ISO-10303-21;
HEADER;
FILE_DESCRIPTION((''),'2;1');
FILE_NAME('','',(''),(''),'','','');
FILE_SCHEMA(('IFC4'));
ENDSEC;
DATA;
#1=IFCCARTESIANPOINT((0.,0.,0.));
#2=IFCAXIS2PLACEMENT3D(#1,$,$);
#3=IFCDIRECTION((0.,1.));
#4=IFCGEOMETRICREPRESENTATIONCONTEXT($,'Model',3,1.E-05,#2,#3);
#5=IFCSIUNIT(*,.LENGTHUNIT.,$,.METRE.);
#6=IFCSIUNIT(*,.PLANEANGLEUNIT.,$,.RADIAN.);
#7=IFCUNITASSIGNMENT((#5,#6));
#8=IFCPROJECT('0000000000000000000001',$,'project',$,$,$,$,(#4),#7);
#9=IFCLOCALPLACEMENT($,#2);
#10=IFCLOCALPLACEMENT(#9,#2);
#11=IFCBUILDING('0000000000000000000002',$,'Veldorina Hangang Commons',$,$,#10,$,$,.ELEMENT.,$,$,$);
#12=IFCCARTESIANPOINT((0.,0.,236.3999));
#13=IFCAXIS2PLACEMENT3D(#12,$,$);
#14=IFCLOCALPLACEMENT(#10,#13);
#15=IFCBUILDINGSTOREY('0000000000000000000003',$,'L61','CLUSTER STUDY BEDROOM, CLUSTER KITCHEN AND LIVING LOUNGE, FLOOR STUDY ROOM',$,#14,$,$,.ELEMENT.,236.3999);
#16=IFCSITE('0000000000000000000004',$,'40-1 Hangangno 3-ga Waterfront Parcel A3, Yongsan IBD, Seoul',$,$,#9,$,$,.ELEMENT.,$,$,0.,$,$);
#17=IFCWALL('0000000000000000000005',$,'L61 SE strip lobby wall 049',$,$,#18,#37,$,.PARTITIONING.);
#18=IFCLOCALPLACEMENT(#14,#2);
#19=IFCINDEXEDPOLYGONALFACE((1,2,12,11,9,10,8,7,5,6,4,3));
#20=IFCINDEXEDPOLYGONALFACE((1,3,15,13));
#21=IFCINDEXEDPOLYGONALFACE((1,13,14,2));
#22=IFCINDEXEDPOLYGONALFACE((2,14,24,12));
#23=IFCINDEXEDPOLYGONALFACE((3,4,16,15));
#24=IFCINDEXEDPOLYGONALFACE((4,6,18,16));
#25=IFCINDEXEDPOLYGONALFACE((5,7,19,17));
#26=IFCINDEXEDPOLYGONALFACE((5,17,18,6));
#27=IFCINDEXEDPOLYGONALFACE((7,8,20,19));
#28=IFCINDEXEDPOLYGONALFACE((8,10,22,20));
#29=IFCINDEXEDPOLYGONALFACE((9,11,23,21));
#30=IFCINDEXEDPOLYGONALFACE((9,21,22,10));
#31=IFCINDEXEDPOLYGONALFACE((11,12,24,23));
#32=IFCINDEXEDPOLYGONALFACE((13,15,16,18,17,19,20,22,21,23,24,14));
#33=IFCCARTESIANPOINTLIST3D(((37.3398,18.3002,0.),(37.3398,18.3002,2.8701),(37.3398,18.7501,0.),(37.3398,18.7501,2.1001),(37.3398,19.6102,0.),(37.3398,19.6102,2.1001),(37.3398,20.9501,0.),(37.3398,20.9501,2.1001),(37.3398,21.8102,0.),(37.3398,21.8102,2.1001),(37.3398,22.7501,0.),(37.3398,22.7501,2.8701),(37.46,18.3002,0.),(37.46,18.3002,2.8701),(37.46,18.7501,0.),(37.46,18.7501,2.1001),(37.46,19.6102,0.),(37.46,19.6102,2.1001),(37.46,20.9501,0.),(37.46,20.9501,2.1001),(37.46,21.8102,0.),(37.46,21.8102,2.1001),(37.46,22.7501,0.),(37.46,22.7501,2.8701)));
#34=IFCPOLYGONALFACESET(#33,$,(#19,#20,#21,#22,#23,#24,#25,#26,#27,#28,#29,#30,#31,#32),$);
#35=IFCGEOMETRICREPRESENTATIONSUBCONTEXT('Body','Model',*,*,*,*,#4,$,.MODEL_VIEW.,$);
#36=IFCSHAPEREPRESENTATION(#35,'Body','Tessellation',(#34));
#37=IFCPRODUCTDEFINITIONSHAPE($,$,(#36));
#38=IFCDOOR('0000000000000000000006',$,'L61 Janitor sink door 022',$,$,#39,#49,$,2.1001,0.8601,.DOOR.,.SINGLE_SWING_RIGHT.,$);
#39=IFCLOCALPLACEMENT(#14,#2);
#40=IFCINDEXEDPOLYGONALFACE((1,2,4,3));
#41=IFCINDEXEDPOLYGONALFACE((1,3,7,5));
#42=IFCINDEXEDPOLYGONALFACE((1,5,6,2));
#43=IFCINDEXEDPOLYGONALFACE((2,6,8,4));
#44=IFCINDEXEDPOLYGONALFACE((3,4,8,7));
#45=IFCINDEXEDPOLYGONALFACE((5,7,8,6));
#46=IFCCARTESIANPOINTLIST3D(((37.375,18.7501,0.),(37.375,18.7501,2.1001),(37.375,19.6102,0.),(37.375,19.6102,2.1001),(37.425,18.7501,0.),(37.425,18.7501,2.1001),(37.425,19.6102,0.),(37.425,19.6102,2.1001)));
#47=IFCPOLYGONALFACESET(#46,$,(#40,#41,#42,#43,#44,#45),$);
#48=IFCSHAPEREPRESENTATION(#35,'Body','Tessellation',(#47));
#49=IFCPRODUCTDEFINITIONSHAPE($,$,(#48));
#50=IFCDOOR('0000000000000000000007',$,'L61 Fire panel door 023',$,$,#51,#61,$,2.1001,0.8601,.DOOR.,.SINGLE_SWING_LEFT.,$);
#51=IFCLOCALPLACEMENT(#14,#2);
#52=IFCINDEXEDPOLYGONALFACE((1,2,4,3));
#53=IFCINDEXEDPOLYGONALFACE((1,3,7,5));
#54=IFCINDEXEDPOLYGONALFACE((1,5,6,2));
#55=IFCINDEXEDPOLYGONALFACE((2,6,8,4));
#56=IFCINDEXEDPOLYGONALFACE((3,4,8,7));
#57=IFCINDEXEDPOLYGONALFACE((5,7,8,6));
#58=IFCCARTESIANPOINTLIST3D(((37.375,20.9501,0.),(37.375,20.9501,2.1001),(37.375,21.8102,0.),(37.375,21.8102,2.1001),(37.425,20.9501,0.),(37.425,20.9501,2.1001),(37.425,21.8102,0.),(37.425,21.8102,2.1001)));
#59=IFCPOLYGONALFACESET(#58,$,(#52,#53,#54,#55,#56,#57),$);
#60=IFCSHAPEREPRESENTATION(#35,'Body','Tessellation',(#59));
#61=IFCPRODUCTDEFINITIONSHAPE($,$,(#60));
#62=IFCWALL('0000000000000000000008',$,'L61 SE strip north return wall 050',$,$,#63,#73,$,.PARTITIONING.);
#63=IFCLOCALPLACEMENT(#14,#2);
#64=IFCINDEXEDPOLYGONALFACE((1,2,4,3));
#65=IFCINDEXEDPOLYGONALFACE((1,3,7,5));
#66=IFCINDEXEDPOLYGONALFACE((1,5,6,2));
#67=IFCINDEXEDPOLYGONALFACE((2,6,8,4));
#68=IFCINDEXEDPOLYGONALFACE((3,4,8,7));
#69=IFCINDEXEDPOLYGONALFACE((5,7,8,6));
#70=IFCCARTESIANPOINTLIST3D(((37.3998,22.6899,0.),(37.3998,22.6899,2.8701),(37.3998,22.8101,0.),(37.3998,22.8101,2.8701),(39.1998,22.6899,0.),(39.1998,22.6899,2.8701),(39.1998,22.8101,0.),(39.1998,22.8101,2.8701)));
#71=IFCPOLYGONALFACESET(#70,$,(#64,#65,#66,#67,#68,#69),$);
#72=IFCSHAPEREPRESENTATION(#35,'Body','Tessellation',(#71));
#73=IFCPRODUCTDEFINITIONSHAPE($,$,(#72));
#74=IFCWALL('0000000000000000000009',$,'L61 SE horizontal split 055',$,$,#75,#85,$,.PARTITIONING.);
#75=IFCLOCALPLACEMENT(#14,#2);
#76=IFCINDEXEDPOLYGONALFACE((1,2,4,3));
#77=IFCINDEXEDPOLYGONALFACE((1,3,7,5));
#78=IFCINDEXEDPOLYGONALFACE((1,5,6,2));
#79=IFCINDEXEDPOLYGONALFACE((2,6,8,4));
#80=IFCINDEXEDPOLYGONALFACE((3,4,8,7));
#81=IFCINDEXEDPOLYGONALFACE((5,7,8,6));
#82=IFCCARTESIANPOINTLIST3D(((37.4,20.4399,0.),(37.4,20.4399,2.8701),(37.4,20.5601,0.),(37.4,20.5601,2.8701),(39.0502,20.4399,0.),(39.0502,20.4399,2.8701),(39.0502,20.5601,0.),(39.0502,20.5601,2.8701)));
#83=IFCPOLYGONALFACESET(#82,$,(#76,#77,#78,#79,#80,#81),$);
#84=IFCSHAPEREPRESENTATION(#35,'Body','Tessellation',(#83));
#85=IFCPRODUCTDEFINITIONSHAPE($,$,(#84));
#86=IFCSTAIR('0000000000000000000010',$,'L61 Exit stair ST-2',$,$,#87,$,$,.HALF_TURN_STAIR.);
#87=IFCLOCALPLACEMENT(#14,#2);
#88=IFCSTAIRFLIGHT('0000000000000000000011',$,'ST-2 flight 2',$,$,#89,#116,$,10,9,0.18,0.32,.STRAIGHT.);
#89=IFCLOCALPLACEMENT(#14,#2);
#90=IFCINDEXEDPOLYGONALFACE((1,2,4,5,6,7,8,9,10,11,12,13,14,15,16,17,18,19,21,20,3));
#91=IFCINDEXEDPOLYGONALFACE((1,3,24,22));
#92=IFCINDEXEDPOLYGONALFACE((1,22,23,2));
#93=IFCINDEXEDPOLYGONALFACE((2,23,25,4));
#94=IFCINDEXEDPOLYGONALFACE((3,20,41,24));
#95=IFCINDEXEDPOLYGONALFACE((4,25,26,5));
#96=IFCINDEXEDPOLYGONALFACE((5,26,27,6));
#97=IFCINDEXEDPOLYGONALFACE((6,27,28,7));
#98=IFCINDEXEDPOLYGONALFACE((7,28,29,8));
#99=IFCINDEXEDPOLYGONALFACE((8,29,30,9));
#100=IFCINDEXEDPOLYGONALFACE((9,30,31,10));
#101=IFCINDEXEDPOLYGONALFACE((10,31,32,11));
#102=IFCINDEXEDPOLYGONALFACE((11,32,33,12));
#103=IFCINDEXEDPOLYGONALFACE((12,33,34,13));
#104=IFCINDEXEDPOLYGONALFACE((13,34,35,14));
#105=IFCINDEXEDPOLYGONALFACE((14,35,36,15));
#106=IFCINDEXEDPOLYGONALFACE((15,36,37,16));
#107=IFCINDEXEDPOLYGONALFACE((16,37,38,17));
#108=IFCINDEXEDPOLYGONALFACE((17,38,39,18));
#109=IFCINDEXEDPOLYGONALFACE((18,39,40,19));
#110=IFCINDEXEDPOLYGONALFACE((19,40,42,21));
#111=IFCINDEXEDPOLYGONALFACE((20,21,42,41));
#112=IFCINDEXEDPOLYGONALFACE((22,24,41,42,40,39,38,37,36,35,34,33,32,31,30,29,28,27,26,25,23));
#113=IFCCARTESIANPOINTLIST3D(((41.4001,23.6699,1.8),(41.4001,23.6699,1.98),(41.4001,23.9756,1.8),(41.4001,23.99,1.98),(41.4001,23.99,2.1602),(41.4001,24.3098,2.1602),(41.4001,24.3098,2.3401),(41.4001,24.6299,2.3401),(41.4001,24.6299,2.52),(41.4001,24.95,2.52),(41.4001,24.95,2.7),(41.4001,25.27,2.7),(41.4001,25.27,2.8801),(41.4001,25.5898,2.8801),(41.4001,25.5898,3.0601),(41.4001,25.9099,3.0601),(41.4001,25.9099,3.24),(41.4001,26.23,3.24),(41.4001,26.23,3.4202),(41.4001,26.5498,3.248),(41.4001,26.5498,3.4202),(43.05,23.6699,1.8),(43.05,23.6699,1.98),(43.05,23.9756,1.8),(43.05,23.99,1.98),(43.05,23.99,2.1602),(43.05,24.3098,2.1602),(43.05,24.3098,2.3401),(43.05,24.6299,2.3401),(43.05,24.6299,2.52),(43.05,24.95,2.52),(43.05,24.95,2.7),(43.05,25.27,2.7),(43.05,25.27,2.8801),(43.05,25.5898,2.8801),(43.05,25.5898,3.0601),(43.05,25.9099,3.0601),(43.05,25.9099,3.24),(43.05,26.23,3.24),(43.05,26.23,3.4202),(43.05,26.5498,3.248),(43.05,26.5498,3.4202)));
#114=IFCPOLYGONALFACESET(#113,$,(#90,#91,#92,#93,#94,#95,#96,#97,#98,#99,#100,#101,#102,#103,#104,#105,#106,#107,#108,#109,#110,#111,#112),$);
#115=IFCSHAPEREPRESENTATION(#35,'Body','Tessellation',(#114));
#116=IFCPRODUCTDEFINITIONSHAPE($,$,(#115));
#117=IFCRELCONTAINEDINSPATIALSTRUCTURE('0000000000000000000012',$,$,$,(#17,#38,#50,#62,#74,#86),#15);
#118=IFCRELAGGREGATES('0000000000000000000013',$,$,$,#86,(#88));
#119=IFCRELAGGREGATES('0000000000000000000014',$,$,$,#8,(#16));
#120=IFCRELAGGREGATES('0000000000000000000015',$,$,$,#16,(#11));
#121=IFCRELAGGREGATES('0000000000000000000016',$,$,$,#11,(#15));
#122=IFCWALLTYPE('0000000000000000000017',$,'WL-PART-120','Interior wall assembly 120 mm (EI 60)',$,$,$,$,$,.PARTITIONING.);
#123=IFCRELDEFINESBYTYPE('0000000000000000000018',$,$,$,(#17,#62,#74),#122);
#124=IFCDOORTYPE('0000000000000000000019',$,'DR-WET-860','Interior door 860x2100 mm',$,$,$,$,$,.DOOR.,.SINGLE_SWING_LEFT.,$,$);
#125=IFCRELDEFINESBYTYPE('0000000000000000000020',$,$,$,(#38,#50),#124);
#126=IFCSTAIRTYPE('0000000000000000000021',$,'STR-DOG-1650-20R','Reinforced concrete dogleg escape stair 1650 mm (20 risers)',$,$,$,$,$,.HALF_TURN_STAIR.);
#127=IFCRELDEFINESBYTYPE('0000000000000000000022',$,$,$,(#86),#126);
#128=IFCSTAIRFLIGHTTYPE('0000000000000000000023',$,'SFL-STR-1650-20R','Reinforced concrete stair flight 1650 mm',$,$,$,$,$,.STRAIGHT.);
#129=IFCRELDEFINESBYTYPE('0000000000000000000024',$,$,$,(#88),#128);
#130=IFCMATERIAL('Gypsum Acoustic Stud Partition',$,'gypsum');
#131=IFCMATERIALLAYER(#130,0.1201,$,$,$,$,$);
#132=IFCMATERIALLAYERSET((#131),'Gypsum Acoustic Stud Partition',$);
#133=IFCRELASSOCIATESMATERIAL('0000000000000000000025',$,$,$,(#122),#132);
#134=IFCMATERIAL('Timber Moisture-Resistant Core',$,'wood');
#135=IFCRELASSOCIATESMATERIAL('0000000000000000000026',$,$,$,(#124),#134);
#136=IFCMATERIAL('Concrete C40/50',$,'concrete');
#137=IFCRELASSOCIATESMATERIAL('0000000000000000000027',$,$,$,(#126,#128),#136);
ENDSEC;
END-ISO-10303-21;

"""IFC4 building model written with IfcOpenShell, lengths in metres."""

from ifc_helpers import new_model, si_unit, direction, frame, frame_2d, origin, place, context, subcontext, project, spatial, polyline, rectangle, outline, extrude, material, layer, layer_set, type_object, element, fill, aggregate, save


model = new_model("IFC4")

# Units and contexts
model_context = context("Model", 3, precision=1e-05, world=origin(), true_north=direction((0.0, 1.0)))
body_context = subcontext(model_context, "Body", "Model", "MODEL_VIEW")
ifc_project = project(units=[si_unit("LENGTHUNIT", "METRE"), si_unit("PLANEANGLEUNIT", "RADIAN")], contexts=[model_context])

# Site, building, storey
site_placement = place(None, origin())
site = spatial("IfcSite", under=ifc_project, at=site_placement, Name="40-1 Hangangno 3-ga Waterfront Parcel A3, Yongsan IBD, Seoul", CompositionType="ELEMENT", RefElevation=0.0)
building_placement = place(site_placement, origin())
building = spatial("IfcBuilding", under=site, at=building_placement, Name="Veldorina Hangang Commons", CompositionType="ELEMENT")
storey_placement = place(building_placement, frame((0.0, 0.0, 236.3999)))
storey = spatial("IfcBuildingStorey", under=building, at=storey_placement, Name="L61", Description="CLUSTER STUDY BEDROOM, CLUSTER KITCHEN AND LIVING LOUNGE, FLOOR STUDY ROOM", CompositionType="ELEMENT", Elevation=236.3999)

# Shared definitions
ifc_material_1 = material(Name="Gypsum Acoustic Stud Partition", Category="gypsum")
ifc_layer_1 = layer(ifc_material_1, 0.1201)
ifc_layer_set_1 = layer_set([ifc_layer_1], Name="Gypsum Acoustic Stud Partition")
wall_type_1 = type_object("IfcWallType", Name="WL-PART-120", Description="Interior wall assembly 120 mm (EI 60)", PredefinedType="PARTITIONING", material=ifc_layer_set_1)

# Wall, openings, doors
wall_1_placement = place(storey_placement, frame((37.3999, 18.3, 0.0), z_axis=(0.0, 0.0, 1.0), x_axis=(0.0, 1.0, 0.0)))
wall_1 = element("IfcWall", 1, at=wall_1_placement, inside=storey, type_object=wall_type_1, Name="L61 SE strip lobby wall 049", PredefinedType="PARTITIONING", context=body_context, shape_type="SweptSolid", body=[
    extrude(rectangle(XDim=4.45, YDim=0.1201, at=frame_2d((2.2251, 0.0))), origin(), (0.0, 0.0, 1.0), 2.8701),
])
opening_1_placement = place(wall_1_placement, frame((0.45, 0.0, 0.0)))
opening_1 = element("IfcOpeningElement", 2, at=opening_1_placement, cuts=wall_1, PredefinedType="OPENING", context=body_context, shape_type="SweptSolid", body=[
    extrude(rectangle(XDim=0.8601, YDim=2.1001, at=frame_2d((0.4302, 1.05))), frame((0.0, 0.0701, 0.0), z_axis=(0.0, -1.0, 0.0), x_axis=(1.0, 0.0, 0.0)), (0.0, 0.0, 1.0), 0.1401),
])
opening_2_placement = place(wall_1_placement, frame((2.6499, 0.0, 0.0)))
opening_2 = element("IfcOpeningElement", 3, at=opening_2_placement, cuts=wall_1, PredefinedType="OPENING", context=body_context, shape_type="SweptSolid", body=[
    extrude(rectangle(XDim=0.8601, YDim=2.1001, at=frame_2d((0.4302, 1.05))), frame((0.0, 0.0701, 0.0), z_axis=(0.0, -1.0, 0.0), x_axis=(1.0, 0.0, 0.0)), (0.0, 0.0, 1.0), 0.1401),
])
ifc_material_2 = material(Name="Timber Moisture-Resistant Core", Category="wood")
door_type_1 = type_object("IfcDoorType", Name="DR-WET-860", Description="Interior door 860x2100 mm", OperationType="SINGLE_SWING_LEFT", PredefinedType="DOOR", material=ifc_material_2)
door_1_placement = place(opening_1_placement, origin())
door_1 = element("IfcDoor", 4, at=door_1_placement, inside=storey, type_object=door_type_1, Name="L61 Janitor sink door 022", OperationType="SINGLE_SWING_RIGHT", OverallHeight=2.1001, OverallWidth=0.8601, PredefinedType="DOOR", context=body_context, shape_type="SweptSolid", body=[
    extrude(rectangle(XDim=0.8601, YDim=2.1001, at=frame_2d((0.4302, 1.05))), frame((0.0, 0.0249, 0.0), z_axis=(0.0, -1.0, 0.0), x_axis=(1.0, 0.0, 0.0)), (0.0, 0.0, 1.0), 0.05),
])
fill(opening_1, door_1)
door_2_placement = place(opening_2_placement, origin())
door_2 = element("IfcDoor", 5, at=door_2_placement, inside=storey, type_object=door_type_1, Name="L61 Fire panel door 023", OperationType="SINGLE_SWING_LEFT", OverallHeight=2.1001, OverallWidth=0.8601, PredefinedType="DOOR", context=body_context, shape_type="SweptSolid", body=[
    extrude(rectangle(XDim=0.8601, YDim=2.1001, at=frame_2d((0.4302, 1.05))), frame((0.0, 0.0249, 0.0), z_axis=(0.0, -1.0, 0.0), x_axis=(1.0, 0.0, 0.0)), (0.0, 0.0, 1.0), 0.05),
])
fill(opening_2, door_2)

# Walls
wall_2_placement = place(storey_placement, frame((37.3999, 22.75, 0.0), z_axis=(0.0, 0.0, 1.0), x_axis=(1.0, 0.0, 0.0)))
element("IfcWall", 6, at=wall_2_placement, inside=storey, type_object=wall_type_1, Name="L61 SE strip north return wall 050", PredefinedType="PARTITIONING", context=body_context, shape_type="SweptSolid", body=[
    extrude(rectangle(XDim=1.8, YDim=0.1201, at=frame_2d((0.8999, 0.0))), origin(), (0.0, 0.0, 1.0), 2.8701),
])
wall_3_placement = place(storey_placement, frame((37.3999, 20.5, 0.0), z_axis=(0.0, 0.0, 1.0), x_axis=(1.0, 0.0, 0.0)))
element("IfcWall", 7, at=wall_3_placement, inside=storey, type_object=wall_type_1, Name="L61 SE horizontal split 055", PredefinedType="PARTITIONING", context=body_context, shape_type="SweptSolid", body=[
    extrude(rectangle(XDim=1.6501, YDim=0.1201, at=frame_2d((0.8252, 0.0))), origin(), (0.0, 0.0, 1.0), 2.8701),
])

# Stair, stair flight
ifc_material_3 = material(Name="Concrete C40/50", Category="concrete")
stair_type = type_object("IfcStairType", Name="STR-DOG-1650-20R", Description="Reinforced concrete dogleg escape stair 1650 mm (20 risers)", PredefinedType="HALF_TURN_STAIR", material=ifc_material_3)
stair_placement = place(storey_placement, origin())
stair = element("IfcStair", 8, at=stair_placement, inside=storey, type_object=stair_type, Name="L61 Exit stair ST-2", PredefinedType="HALF_TURN_STAIR")
stair_flight_type = type_object("IfcStairFlightType", Name="SFL-STR-1650-20R", Description="Reinforced concrete stair flight 1650 mm", PredefinedType="STRAIGHT", material=ifc_material_3)
stair_flight_placement = place(storey_placement, frame((42.2251, 23.6699, 1.8), z_axis=(0.0, 0.0, 1.0), x_axis=(0.0, 1.0, 0.0)))
stair_flight = element("IfcStairFlight", 9, at=stair_flight_placement, type_object=stair_flight_type, Name="ST-2 flight 2", NumberOfRisers=10, NumberOfTreads=9, PredefinedType="STRAIGHT", RiserHeight=0.18, TreadLength=0.32, context=body_context, shape_type="SweptSolid", body=[
    extrude(outline(polyline([(0.0, 0.0), (0.0, 0.1799), (0.3201, 0.1799), (0.3201, 0.3601), (0.6399, 0.3601), (0.6399, 0.54), (0.96, 0.54), (0.96, 0.72), (1.28, 0.72), (1.28, 0.8999), (1.6001, 0.8999), (1.6001, 1.0801), (1.9199, 1.0801), (1.9199, 1.26), (2.24, 1.26), (2.24, 1.4399), (2.5601, 1.4399), (2.5601, 1.6201), (2.8799, 1.6201), (2.8799, 1.8), (2.8799, 1.448), (0.3057, 0.0), (0.0, 0.0)])), frame((0.0, 0.825, 0.0), z_axis=(0.0, -1.0, 0.0), x_axis=(1.0, 0.0, 0.0)), (0.0, 0.0, 1.0), 1.6499),
])
aggregate(stair, [stair_flight])

save(model, "model.ifc")
